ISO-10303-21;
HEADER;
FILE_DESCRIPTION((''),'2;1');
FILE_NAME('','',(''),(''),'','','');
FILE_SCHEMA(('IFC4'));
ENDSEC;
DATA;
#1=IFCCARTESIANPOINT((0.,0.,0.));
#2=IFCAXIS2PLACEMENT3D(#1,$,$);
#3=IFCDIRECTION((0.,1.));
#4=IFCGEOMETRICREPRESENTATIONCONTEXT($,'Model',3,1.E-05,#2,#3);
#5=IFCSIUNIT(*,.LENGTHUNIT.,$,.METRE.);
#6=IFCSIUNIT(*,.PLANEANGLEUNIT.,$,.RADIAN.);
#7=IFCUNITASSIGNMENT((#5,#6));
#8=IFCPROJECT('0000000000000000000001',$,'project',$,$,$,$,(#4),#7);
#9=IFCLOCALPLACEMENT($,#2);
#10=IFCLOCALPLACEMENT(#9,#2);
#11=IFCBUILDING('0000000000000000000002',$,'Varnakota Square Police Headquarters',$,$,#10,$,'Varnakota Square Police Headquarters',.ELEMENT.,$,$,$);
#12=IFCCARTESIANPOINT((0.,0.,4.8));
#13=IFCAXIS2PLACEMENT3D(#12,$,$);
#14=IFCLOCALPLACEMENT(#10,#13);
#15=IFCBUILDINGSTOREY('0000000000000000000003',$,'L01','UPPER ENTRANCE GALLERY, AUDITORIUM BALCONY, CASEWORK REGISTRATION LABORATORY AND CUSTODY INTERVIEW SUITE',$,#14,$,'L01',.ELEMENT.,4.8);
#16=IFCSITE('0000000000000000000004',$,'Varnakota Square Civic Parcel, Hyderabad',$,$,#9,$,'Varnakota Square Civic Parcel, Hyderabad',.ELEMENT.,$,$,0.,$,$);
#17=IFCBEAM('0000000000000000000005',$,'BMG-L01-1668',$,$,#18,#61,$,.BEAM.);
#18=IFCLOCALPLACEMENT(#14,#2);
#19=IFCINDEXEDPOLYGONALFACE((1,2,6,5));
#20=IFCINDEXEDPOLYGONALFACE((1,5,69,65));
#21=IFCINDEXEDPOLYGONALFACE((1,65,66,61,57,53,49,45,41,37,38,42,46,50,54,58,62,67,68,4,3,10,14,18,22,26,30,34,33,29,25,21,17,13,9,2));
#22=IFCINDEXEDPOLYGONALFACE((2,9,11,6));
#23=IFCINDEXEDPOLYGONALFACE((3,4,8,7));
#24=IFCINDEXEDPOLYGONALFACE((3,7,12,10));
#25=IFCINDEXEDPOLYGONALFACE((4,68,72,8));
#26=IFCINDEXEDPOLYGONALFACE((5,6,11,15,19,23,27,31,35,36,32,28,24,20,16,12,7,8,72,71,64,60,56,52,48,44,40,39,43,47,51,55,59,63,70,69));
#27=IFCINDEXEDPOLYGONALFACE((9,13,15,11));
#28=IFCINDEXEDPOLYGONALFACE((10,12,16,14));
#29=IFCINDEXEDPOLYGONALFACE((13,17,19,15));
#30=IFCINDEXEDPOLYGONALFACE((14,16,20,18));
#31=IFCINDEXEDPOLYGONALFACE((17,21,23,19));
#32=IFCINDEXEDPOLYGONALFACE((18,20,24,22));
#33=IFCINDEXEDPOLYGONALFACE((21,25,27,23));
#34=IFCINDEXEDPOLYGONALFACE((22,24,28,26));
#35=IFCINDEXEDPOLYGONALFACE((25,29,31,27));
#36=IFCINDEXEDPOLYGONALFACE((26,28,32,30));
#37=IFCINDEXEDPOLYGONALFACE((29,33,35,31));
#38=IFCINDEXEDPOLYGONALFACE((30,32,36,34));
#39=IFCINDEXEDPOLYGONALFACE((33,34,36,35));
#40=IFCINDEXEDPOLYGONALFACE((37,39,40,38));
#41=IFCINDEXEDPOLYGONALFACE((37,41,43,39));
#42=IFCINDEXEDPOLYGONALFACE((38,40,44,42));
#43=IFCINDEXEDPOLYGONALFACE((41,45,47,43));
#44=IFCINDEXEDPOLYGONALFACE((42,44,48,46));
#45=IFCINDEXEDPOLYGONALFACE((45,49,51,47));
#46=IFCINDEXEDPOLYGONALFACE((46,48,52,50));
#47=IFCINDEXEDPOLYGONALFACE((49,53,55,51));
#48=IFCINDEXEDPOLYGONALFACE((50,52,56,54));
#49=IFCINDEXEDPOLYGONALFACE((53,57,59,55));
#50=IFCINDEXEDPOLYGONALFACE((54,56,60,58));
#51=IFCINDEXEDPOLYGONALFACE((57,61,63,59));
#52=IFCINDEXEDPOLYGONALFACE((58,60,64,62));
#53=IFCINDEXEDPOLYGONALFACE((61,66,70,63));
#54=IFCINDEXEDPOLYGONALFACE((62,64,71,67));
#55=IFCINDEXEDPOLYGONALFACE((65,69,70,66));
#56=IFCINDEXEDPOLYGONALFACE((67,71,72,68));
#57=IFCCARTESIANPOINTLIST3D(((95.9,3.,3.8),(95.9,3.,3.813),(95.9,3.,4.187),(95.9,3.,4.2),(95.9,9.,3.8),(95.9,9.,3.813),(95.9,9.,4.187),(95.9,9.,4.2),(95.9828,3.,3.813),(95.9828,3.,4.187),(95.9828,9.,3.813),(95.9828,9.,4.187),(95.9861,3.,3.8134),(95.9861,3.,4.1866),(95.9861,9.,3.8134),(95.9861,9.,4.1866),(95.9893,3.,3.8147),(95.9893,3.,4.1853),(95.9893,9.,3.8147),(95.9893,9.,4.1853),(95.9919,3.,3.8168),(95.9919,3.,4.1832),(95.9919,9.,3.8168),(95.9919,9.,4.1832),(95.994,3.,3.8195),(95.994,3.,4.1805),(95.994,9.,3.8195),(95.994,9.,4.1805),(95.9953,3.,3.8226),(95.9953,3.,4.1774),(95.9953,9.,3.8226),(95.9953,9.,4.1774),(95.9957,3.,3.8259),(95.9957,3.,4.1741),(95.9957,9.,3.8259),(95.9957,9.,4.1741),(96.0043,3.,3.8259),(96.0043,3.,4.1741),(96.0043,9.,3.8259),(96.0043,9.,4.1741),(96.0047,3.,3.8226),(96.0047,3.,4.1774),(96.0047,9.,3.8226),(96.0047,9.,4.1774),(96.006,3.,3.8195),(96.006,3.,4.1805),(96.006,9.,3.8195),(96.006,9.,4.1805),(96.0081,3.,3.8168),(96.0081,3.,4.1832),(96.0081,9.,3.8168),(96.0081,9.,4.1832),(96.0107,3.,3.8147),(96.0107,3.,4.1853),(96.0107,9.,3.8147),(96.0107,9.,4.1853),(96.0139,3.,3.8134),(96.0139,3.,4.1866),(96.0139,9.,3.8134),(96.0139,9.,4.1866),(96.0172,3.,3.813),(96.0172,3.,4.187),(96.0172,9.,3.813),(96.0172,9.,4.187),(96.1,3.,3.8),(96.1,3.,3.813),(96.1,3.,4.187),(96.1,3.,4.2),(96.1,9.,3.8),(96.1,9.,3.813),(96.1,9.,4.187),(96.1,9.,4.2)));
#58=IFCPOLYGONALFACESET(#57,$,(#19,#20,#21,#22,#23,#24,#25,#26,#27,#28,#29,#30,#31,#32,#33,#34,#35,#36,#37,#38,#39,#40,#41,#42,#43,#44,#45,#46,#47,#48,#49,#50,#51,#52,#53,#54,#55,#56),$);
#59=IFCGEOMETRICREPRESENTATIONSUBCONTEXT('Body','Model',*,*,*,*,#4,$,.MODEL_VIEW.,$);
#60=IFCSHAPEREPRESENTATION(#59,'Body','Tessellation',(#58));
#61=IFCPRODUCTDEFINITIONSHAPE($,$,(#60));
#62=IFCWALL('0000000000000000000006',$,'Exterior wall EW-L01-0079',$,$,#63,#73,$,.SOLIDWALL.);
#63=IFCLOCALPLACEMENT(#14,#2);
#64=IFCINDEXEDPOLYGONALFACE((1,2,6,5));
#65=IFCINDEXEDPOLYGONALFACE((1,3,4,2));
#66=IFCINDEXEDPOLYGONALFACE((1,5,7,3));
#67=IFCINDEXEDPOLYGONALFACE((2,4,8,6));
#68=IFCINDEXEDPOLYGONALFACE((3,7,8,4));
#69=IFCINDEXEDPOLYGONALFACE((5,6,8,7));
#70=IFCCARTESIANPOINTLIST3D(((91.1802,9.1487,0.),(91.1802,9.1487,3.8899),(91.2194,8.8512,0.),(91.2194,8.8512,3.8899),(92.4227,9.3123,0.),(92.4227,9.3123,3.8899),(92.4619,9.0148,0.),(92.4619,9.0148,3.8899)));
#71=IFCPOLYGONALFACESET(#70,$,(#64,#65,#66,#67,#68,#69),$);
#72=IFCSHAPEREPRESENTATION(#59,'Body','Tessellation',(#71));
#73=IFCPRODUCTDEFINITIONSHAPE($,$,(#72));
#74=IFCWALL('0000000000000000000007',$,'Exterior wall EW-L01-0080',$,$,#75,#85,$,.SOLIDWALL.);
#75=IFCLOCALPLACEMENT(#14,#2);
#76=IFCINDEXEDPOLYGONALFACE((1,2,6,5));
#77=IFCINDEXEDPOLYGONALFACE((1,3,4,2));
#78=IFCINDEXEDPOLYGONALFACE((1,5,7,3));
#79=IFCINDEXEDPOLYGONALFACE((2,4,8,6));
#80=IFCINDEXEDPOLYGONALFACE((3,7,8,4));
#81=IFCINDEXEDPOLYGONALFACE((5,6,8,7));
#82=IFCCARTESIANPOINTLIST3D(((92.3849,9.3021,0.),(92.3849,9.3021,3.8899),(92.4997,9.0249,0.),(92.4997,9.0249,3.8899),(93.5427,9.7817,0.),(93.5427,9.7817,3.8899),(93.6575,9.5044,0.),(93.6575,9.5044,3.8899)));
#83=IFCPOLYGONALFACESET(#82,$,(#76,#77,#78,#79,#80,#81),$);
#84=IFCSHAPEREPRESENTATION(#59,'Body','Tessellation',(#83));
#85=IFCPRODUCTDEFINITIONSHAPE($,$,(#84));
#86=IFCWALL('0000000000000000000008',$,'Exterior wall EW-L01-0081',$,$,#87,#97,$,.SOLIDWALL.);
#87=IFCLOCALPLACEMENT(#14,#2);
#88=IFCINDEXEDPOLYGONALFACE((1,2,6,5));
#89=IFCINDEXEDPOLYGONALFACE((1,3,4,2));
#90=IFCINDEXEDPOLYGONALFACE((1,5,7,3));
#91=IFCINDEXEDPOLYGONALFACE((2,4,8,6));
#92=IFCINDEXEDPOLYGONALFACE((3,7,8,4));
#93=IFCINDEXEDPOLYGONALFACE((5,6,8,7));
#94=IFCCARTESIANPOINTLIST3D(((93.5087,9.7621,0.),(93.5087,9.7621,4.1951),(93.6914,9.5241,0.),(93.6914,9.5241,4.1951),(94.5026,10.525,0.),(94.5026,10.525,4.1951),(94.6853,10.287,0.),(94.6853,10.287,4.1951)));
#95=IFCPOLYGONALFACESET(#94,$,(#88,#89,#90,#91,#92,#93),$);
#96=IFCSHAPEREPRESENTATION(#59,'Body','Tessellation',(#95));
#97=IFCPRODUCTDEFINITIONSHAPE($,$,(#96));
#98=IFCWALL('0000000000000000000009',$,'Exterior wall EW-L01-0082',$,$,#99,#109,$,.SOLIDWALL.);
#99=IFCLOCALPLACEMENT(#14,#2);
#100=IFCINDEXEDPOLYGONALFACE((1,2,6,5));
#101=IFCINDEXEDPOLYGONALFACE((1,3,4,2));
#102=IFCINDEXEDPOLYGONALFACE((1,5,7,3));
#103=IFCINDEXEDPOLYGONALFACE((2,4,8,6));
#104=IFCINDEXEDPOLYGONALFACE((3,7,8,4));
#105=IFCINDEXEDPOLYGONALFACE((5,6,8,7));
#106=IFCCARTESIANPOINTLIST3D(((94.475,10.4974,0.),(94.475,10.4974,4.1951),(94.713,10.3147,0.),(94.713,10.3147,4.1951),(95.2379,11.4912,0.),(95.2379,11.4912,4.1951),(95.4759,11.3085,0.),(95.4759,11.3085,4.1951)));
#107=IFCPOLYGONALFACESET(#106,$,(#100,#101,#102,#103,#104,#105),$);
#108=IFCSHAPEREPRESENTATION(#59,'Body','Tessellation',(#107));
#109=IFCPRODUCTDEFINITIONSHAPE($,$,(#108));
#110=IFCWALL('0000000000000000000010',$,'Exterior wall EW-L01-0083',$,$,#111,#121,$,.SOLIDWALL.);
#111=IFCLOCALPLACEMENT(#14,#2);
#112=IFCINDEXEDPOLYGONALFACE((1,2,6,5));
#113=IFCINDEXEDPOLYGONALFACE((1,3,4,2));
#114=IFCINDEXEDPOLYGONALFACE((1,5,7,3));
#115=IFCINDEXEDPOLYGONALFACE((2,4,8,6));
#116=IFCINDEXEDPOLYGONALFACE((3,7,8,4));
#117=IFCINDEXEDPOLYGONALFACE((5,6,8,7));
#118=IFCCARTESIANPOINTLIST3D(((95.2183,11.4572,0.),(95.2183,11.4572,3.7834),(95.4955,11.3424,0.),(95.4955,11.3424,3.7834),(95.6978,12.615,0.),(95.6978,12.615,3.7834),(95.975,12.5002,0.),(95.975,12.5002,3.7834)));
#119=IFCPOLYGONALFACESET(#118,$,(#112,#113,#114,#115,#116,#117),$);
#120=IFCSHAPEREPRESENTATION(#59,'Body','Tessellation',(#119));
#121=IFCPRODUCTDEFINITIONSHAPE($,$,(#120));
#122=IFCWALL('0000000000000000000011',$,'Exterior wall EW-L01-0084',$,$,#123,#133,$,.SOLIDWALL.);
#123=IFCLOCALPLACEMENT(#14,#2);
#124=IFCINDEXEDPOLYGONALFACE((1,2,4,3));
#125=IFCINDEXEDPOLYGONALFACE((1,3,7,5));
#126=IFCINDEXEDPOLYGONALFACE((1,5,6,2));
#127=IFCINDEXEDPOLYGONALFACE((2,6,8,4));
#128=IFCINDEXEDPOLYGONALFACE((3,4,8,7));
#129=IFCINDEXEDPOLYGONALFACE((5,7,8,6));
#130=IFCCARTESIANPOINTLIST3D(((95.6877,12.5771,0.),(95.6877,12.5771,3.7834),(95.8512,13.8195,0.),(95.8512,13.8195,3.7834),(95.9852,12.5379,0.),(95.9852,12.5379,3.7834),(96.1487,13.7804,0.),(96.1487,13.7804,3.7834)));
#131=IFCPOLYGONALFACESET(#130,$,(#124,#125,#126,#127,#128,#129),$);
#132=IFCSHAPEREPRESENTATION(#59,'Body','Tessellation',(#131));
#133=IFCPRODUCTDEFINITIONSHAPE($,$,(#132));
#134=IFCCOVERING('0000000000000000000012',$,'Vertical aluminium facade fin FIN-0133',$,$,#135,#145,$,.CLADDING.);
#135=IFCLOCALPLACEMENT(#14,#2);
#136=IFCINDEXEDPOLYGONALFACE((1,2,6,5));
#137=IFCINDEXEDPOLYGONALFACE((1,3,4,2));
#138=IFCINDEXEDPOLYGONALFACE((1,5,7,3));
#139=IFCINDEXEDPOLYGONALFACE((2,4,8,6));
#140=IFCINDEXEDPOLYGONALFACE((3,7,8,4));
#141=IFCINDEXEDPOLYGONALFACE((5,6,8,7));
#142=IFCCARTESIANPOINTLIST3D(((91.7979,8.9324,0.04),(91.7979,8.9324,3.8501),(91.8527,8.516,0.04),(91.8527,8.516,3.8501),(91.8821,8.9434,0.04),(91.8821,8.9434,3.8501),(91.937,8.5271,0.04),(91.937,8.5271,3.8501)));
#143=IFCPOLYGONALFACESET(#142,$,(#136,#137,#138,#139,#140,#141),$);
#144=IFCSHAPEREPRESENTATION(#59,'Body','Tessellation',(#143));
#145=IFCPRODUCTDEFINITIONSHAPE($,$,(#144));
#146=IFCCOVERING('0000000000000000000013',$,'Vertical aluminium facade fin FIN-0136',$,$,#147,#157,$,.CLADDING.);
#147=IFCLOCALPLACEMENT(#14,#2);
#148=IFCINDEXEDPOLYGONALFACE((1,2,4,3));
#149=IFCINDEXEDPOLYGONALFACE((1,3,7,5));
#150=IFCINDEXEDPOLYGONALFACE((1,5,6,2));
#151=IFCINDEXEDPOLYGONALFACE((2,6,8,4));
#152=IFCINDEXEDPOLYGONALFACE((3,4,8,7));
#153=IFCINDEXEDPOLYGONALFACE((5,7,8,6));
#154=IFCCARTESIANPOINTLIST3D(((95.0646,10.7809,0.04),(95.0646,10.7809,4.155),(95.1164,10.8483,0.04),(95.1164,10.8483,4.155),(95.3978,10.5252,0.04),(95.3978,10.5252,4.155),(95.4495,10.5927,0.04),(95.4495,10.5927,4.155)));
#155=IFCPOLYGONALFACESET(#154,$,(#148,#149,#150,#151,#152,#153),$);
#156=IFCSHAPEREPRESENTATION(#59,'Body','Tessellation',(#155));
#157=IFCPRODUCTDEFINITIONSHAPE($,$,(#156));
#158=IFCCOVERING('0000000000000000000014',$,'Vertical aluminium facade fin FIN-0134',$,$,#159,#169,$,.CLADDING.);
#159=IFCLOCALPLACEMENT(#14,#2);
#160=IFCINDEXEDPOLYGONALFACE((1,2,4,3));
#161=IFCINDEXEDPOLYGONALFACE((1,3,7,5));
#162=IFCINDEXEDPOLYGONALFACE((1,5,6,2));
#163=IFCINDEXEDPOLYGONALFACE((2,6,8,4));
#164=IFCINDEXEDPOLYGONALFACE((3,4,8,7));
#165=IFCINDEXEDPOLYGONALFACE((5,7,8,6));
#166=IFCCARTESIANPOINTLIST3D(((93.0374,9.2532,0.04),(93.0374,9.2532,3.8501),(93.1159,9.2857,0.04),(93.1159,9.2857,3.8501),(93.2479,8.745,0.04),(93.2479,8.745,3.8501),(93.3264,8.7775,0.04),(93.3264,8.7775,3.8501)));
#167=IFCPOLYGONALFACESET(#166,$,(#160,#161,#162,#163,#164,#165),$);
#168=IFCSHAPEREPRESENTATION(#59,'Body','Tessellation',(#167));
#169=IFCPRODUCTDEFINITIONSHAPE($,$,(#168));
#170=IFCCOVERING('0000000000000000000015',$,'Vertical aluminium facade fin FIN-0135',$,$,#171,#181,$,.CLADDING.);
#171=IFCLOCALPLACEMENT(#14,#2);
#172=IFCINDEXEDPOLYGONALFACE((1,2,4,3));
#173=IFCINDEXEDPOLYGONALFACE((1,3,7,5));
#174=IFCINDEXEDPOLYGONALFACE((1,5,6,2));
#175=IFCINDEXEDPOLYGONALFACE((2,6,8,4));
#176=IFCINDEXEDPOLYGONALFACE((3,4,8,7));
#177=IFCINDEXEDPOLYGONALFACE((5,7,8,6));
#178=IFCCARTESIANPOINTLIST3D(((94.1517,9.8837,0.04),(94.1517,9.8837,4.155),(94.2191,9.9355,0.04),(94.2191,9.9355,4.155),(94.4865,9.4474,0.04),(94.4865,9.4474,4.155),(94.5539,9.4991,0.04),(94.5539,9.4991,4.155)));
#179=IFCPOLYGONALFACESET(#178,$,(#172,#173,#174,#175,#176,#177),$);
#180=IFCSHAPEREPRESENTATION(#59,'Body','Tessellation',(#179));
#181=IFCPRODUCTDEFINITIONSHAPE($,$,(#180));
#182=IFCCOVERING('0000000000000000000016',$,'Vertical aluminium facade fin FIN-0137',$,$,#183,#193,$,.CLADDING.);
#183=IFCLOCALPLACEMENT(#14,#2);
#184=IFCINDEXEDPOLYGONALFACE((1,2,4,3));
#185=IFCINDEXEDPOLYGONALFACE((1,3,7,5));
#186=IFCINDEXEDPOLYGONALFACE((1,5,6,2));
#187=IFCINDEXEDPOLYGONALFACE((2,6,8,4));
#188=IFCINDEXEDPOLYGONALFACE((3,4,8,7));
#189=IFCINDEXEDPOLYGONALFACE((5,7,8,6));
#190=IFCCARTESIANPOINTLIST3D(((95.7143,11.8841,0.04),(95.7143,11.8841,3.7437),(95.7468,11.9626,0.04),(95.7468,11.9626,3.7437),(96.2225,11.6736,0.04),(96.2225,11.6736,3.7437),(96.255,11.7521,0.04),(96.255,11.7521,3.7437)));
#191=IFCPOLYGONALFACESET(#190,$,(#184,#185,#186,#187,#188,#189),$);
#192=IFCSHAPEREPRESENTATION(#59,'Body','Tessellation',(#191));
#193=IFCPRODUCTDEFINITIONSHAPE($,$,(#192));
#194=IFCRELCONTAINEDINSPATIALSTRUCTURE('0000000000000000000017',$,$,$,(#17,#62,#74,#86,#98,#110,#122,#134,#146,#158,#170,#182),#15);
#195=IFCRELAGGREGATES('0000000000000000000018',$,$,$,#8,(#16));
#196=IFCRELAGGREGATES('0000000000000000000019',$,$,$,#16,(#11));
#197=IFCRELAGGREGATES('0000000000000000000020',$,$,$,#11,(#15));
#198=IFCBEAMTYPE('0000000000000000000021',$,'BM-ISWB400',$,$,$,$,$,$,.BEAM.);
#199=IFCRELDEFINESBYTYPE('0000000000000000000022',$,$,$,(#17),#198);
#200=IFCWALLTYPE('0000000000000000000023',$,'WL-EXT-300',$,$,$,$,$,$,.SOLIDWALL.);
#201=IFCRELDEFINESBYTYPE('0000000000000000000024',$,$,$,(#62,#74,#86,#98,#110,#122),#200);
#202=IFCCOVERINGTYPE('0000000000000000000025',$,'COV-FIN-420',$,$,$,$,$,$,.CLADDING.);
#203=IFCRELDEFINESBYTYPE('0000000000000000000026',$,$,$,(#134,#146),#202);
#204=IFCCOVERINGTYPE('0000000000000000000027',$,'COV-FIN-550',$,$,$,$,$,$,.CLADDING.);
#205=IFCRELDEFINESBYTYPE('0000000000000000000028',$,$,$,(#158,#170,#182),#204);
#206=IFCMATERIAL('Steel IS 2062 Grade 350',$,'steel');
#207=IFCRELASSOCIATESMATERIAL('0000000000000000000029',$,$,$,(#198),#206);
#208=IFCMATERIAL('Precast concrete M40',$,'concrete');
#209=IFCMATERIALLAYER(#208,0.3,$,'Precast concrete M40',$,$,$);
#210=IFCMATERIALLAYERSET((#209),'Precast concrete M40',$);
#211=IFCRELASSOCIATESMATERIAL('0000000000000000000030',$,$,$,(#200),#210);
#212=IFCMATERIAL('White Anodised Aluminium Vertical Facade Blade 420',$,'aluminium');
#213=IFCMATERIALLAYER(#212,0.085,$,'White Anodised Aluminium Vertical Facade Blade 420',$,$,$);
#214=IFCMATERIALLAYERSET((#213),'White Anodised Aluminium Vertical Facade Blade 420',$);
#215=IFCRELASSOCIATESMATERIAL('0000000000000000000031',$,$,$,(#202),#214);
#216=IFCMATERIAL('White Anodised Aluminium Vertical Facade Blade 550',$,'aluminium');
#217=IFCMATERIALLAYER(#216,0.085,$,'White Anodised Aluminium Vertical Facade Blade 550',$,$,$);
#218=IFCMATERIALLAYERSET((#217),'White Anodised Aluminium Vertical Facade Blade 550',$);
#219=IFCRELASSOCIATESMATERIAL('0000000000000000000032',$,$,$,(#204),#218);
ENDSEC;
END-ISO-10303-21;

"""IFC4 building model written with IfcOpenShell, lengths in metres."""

from ifc_helpers import new_model, si_unit, direction, frame, frame_2d, origin, origin_2d, place, context, subcontext, project, spatial, rectangle, i_section, extrude, material, layer, layer_set, material_profile, profile_set, type_object, element, save


model = new_model("IFC4")

# Units and contexts
model_context = context("Model", 3, precision=1e-05, world=origin(), true_north=direction((0.0, 1.0)))
body_context = subcontext(model_context, "Body", "Model", "MODEL_VIEW")
ifc_project = project(units=[si_unit("LENGTHUNIT", "METRE"), si_unit("PLANEANGLEUNIT", "RADIAN")], contexts=[model_context])

# Site, building, storey
site_placement = place(None, origin())
site = spatial("IfcSite", under=ifc_project, at=site_placement, Name="Varnakota Square Civic Parcel, Hyderabad", LongName="Varnakota Square Civic Parcel, Hyderabad", CompositionType="ELEMENT", RefElevation=0.0)
building_placement = place(site_placement, origin())
building = spatial("IfcBuilding", under=site, at=building_placement, Name="Varnakota Square Police Headquarters", LongName="Varnakota Square Police Headquarters", CompositionType="ELEMENT")
storey_placement = place(building_placement, frame((0.0, 0.0, 4.8)))
storey = spatial("IfcBuildingStorey", under=building, at=storey_placement, Name="L01", Description="UPPER ENTRANCE GALLERY, AUDITORIUM BALCONY, CASEWORK REGISTRATION LABORATORY AND CUSTODY INTERVIEW SUITE", LongName="L01", CompositionType="ELEMENT", Elevation=4.8)

# Shared definitions
ifc_material_1 = material(Name="Steel IS 2062 Grade 350", Category="steel")

# Beam
ifc_material_profile_1 = material_profile(ifc_material_1, i_section(OverallWidth=0.2, OverallDepth=0.3999, WebThickness=0.0085, FlangeThickness=0.0129, FilletRadius=0.0129, at=origin_2d()), Name="ISWB 400")
ifc_profile_set_1 = profile_set([ifc_material_profile_1], Name="Steel IS 2062 Grade 350")
beam_type_1 = type_object("IfcBeamType", Name="BM-ISWB400", PredefinedType="BEAM", material=ifc_profile_set_1)
for number, where, z_axis, x_axis, name in (
    (1, (96.0, 3.0, 4.0), (0.0, 1.0, 0.0), (-1.0, 0.0, 0.0), "BMG-L01-1668"),
):
    element("IfcBeam", number, at=place(storey_placement, frame(where, z_axis=z_axis, x_axis=x_axis)), inside=storey, type_object=beam_type_1, Name=name, PredefinedType="BEAM", context=body_context, shape_type="SweptSolid", body=[
        extrude(i_section(OverallWidth=0.2, OverallDepth=0.3999, WebThickness=0.0085, FlangeThickness=0.0129, FilletRadius=0.0129, at=origin_2d()), origin(), (0.0, 0.0, 1.0), 6.0),
    ])

# Walls
ifc_material_2 = material(Name="Precast concrete M40", Category="concrete")
ifc_layer_1 = layer(ifc_material_2, 0.3, Name="Precast concrete M40")
ifc_layer_set_1 = layer_set([ifc_layer_1], Name="Precast concrete M40")
wall_type = type_object("IfcWallType", Name="WL-EXT-300", PredefinedType="SOLIDWALL", material=ifc_layer_set_1)
for number, where, z_axis, x_axis, name in (
    (2, (91.2, 9.0, 0.0), (0.0, 0.0, 1.0), (0.991444, 0.13053, 0.0), "Exterior wall EW-L01-0079"),
    (3, (92.4424, 9.1636, 0.0), (0.0, 0.0, 1.0), (0.923893, 0.38265, 0.0), "Exterior wall EW-L01-0080"),
):
    element("IfcWall", number, at=place(storey_placement, frame(where, z_axis=z_axis, x_axis=x_axis)), inside=storey, type_object=wall_type, Name=name, PredefinedType="SOLIDWALL", context=body_context, shape_type="SweptSolid", body=[
        extrude(rectangle(XDim=1.2532, YDim=0.3, at=frame_2d((0.6265, 0.0))), origin(), (0.0, 0.0, 1.0), 3.8899),
    ])
for number, where, z_axis, x_axis, name in (
    (4, (93.6001, 9.6431, 0.0), (0.0, 0.0, 1.0), (0.793239, 0.60891, 0.0), "Exterior wall EW-L01-0081"),
    (5, (94.594, 10.406, 0.0), (0.0, 0.0, 1.0), (0.60891, 0.793239, 0.0), "Exterior wall EW-L01-0082"),
):
    element("IfcWall", number, at=place(storey_placement, frame(where, z_axis=z_axis, x_axis=x_axis)), inside=storey, type_object=wall_type, Name=name, PredefinedType="SOLIDWALL", context=body_context, shape_type="SweptSolid", body=[
        extrude(rectangle(XDim=1.2529, YDim=0.3, at=frame_2d((0.6265, 0.0))), origin(), (0.0, 0.0, 1.0), 4.1951),
    ])
for number, where, z_axis, x_axis, name in (
    (6, (95.3569, 11.3999, 0.0), (0.0, 0.0, 1.0), (0.38265, 0.923893, 0.0), "Exterior wall EW-L01-0083"),
    (7, (95.8364, 12.5576, 0.0), (0.0, 0.0, 1.0), (0.13053, 0.991444, 0.0), "Exterior wall EW-L01-0084"),
):
    element("IfcWall", number, at=place(storey_placement, frame(where, z_axis=z_axis, x_axis=x_axis)), inside=storey, type_object=wall_type, Name=name, PredefinedType="SOLIDWALL", context=body_context, shape_type="SweptSolid", body=[
        extrude(rectangle(XDim=1.2532, YDim=0.3, at=frame_2d((0.6265, 0.0))), origin(), (0.0, 0.0, 1.0), 3.7834),
    ])

# Coverings
ifc_material_3 = material(Name="White Anodised Aluminium Vertical Facade Blade 420", Category="aluminium")
ifc_layer_2 = layer(ifc_material_3, 0.085, Name="White Anodised Aluminium Vertical Facade Blade 420")
ifc_layer_set_2 = layer_set([ifc_layer_2], Name="White Anodised Aluminium Vertical Facade Blade 420")
covering_type_1 = type_object("IfcCoveringType", Name="COV-FIN-420", PredefinedType="CLADDING", material=ifc_layer_set_2)
covering_1_placement = place(storey_placement, frame((91.8674, 8.7297, 0.04), z_axis=(0.0, 0.0, 1.0), x_axis=(0.991445, 0.130526, 0.0)))
element("IfcCovering", 8, at=covering_1_placement, inside=storey, type_object=covering_type_1, Name="Vertical aluminium facade fin FIN-0133", PredefinedType="CLADDING", context=body_context, shape_type="SweptSolid", body=[
    extrude(rectangle(XDim=0.085, YDim=0.4199, at=origin_2d()), origin(), (0.0, 0.0, 1.0), 3.8101),
])
covering_2_placement = place(storey_placement, frame((95.2571, 10.6868, 0.04), z_axis=(0.0, 0.0, 1.0), x_axis=(0.608761, 0.793353, 0.0)))
element("IfcCovering", 9, at=covering_2_placement, inside=storey, type_object=covering_type_1, Name="Vertical aluminium facade fin FIN-0136", PredefinedType="CLADDING", context=body_context, shape_type="SweptSolid", body=[
    extrude(rectangle(XDim=0.085, YDim=0.4199, at=origin_2d()), origin(), (0.0, 0.0, 1.0), 4.115),
])
ifc_material_4 = material(Name="White Anodised Aluminium Vertical Facade Blade 550", Category="aluminium")
ifc_layer_3 = layer(ifc_material_4, 0.085, Name="White Anodised Aluminium Vertical Facade Blade 550")
ifc_layer_set_3 = layer_set([ifc_layer_3], Name="White Anodised Aluminium Vertical Facade Blade 550")
covering_type_2 = type_object("IfcCoveringType", Name="COV-FIN-550", PredefinedType="CLADDING", material=ifc_layer_set_3)
covering_3_placement = place(storey_placement, frame((93.1819, 9.0154, 0.04), z_axis=(0.0, 0.0, 1.0), x_axis=(0.92388, 0.382683, 0.0)))
element("IfcCovering", 10, at=covering_3_placement, inside=storey, type_object=covering_type_2, Name="Vertical aluminium facade fin FIN-0134", PredefinedType="CLADDING", context=body_context, shape_type="SweptSolid", body=[
    extrude(rectangle(XDim=0.085, YDim=0.55, at=origin_2d()), origin(), (0.0, 0.0, 1.0), 3.8101),
])
covering_4_placement = place(storey_placement, frame((94.3528, 9.6914, 0.04), z_axis=(0.0, 0.0, 1.0), x_axis=(0.793353, 0.608761, 0.0)))
element("IfcCovering", 11, at=covering_4_placement, inside=storey, type_object=covering_type_2, Name="Vertical aluminium facade fin FIN-0135", PredefinedType="CLADDING", context=body_context, shape_type="SweptSolid", body=[
    extrude(rectangle(XDim=0.085, YDim=0.55, at=origin_2d()), origin(), (0.0, 0.0, 1.0), 4.115),
])
for number, where, z_axis, x_axis, name in (
    (12, (95.9846, 11.8181, 0.04), (0.0, 0.0, 1.0), (0.382683, 0.92388, 0.0), "Vertical aluminium facade fin FIN-0137"),
):
    element("IfcCovering", number, at=place(storey_placement, frame(where, z_axis=z_axis, x_axis=x_axis)), inside=storey, type_object=covering_type_2, Name=name, PredefinedType="CLADDING", context=body_context, shape_type="SweptSolid", body=[
        extrude(rectangle(XDim=0.085, YDim=0.55, at=origin_2d()), origin(), (0.0, 0.0, 1.0), 3.7036),
    ])

save(model, "model.ifc")
